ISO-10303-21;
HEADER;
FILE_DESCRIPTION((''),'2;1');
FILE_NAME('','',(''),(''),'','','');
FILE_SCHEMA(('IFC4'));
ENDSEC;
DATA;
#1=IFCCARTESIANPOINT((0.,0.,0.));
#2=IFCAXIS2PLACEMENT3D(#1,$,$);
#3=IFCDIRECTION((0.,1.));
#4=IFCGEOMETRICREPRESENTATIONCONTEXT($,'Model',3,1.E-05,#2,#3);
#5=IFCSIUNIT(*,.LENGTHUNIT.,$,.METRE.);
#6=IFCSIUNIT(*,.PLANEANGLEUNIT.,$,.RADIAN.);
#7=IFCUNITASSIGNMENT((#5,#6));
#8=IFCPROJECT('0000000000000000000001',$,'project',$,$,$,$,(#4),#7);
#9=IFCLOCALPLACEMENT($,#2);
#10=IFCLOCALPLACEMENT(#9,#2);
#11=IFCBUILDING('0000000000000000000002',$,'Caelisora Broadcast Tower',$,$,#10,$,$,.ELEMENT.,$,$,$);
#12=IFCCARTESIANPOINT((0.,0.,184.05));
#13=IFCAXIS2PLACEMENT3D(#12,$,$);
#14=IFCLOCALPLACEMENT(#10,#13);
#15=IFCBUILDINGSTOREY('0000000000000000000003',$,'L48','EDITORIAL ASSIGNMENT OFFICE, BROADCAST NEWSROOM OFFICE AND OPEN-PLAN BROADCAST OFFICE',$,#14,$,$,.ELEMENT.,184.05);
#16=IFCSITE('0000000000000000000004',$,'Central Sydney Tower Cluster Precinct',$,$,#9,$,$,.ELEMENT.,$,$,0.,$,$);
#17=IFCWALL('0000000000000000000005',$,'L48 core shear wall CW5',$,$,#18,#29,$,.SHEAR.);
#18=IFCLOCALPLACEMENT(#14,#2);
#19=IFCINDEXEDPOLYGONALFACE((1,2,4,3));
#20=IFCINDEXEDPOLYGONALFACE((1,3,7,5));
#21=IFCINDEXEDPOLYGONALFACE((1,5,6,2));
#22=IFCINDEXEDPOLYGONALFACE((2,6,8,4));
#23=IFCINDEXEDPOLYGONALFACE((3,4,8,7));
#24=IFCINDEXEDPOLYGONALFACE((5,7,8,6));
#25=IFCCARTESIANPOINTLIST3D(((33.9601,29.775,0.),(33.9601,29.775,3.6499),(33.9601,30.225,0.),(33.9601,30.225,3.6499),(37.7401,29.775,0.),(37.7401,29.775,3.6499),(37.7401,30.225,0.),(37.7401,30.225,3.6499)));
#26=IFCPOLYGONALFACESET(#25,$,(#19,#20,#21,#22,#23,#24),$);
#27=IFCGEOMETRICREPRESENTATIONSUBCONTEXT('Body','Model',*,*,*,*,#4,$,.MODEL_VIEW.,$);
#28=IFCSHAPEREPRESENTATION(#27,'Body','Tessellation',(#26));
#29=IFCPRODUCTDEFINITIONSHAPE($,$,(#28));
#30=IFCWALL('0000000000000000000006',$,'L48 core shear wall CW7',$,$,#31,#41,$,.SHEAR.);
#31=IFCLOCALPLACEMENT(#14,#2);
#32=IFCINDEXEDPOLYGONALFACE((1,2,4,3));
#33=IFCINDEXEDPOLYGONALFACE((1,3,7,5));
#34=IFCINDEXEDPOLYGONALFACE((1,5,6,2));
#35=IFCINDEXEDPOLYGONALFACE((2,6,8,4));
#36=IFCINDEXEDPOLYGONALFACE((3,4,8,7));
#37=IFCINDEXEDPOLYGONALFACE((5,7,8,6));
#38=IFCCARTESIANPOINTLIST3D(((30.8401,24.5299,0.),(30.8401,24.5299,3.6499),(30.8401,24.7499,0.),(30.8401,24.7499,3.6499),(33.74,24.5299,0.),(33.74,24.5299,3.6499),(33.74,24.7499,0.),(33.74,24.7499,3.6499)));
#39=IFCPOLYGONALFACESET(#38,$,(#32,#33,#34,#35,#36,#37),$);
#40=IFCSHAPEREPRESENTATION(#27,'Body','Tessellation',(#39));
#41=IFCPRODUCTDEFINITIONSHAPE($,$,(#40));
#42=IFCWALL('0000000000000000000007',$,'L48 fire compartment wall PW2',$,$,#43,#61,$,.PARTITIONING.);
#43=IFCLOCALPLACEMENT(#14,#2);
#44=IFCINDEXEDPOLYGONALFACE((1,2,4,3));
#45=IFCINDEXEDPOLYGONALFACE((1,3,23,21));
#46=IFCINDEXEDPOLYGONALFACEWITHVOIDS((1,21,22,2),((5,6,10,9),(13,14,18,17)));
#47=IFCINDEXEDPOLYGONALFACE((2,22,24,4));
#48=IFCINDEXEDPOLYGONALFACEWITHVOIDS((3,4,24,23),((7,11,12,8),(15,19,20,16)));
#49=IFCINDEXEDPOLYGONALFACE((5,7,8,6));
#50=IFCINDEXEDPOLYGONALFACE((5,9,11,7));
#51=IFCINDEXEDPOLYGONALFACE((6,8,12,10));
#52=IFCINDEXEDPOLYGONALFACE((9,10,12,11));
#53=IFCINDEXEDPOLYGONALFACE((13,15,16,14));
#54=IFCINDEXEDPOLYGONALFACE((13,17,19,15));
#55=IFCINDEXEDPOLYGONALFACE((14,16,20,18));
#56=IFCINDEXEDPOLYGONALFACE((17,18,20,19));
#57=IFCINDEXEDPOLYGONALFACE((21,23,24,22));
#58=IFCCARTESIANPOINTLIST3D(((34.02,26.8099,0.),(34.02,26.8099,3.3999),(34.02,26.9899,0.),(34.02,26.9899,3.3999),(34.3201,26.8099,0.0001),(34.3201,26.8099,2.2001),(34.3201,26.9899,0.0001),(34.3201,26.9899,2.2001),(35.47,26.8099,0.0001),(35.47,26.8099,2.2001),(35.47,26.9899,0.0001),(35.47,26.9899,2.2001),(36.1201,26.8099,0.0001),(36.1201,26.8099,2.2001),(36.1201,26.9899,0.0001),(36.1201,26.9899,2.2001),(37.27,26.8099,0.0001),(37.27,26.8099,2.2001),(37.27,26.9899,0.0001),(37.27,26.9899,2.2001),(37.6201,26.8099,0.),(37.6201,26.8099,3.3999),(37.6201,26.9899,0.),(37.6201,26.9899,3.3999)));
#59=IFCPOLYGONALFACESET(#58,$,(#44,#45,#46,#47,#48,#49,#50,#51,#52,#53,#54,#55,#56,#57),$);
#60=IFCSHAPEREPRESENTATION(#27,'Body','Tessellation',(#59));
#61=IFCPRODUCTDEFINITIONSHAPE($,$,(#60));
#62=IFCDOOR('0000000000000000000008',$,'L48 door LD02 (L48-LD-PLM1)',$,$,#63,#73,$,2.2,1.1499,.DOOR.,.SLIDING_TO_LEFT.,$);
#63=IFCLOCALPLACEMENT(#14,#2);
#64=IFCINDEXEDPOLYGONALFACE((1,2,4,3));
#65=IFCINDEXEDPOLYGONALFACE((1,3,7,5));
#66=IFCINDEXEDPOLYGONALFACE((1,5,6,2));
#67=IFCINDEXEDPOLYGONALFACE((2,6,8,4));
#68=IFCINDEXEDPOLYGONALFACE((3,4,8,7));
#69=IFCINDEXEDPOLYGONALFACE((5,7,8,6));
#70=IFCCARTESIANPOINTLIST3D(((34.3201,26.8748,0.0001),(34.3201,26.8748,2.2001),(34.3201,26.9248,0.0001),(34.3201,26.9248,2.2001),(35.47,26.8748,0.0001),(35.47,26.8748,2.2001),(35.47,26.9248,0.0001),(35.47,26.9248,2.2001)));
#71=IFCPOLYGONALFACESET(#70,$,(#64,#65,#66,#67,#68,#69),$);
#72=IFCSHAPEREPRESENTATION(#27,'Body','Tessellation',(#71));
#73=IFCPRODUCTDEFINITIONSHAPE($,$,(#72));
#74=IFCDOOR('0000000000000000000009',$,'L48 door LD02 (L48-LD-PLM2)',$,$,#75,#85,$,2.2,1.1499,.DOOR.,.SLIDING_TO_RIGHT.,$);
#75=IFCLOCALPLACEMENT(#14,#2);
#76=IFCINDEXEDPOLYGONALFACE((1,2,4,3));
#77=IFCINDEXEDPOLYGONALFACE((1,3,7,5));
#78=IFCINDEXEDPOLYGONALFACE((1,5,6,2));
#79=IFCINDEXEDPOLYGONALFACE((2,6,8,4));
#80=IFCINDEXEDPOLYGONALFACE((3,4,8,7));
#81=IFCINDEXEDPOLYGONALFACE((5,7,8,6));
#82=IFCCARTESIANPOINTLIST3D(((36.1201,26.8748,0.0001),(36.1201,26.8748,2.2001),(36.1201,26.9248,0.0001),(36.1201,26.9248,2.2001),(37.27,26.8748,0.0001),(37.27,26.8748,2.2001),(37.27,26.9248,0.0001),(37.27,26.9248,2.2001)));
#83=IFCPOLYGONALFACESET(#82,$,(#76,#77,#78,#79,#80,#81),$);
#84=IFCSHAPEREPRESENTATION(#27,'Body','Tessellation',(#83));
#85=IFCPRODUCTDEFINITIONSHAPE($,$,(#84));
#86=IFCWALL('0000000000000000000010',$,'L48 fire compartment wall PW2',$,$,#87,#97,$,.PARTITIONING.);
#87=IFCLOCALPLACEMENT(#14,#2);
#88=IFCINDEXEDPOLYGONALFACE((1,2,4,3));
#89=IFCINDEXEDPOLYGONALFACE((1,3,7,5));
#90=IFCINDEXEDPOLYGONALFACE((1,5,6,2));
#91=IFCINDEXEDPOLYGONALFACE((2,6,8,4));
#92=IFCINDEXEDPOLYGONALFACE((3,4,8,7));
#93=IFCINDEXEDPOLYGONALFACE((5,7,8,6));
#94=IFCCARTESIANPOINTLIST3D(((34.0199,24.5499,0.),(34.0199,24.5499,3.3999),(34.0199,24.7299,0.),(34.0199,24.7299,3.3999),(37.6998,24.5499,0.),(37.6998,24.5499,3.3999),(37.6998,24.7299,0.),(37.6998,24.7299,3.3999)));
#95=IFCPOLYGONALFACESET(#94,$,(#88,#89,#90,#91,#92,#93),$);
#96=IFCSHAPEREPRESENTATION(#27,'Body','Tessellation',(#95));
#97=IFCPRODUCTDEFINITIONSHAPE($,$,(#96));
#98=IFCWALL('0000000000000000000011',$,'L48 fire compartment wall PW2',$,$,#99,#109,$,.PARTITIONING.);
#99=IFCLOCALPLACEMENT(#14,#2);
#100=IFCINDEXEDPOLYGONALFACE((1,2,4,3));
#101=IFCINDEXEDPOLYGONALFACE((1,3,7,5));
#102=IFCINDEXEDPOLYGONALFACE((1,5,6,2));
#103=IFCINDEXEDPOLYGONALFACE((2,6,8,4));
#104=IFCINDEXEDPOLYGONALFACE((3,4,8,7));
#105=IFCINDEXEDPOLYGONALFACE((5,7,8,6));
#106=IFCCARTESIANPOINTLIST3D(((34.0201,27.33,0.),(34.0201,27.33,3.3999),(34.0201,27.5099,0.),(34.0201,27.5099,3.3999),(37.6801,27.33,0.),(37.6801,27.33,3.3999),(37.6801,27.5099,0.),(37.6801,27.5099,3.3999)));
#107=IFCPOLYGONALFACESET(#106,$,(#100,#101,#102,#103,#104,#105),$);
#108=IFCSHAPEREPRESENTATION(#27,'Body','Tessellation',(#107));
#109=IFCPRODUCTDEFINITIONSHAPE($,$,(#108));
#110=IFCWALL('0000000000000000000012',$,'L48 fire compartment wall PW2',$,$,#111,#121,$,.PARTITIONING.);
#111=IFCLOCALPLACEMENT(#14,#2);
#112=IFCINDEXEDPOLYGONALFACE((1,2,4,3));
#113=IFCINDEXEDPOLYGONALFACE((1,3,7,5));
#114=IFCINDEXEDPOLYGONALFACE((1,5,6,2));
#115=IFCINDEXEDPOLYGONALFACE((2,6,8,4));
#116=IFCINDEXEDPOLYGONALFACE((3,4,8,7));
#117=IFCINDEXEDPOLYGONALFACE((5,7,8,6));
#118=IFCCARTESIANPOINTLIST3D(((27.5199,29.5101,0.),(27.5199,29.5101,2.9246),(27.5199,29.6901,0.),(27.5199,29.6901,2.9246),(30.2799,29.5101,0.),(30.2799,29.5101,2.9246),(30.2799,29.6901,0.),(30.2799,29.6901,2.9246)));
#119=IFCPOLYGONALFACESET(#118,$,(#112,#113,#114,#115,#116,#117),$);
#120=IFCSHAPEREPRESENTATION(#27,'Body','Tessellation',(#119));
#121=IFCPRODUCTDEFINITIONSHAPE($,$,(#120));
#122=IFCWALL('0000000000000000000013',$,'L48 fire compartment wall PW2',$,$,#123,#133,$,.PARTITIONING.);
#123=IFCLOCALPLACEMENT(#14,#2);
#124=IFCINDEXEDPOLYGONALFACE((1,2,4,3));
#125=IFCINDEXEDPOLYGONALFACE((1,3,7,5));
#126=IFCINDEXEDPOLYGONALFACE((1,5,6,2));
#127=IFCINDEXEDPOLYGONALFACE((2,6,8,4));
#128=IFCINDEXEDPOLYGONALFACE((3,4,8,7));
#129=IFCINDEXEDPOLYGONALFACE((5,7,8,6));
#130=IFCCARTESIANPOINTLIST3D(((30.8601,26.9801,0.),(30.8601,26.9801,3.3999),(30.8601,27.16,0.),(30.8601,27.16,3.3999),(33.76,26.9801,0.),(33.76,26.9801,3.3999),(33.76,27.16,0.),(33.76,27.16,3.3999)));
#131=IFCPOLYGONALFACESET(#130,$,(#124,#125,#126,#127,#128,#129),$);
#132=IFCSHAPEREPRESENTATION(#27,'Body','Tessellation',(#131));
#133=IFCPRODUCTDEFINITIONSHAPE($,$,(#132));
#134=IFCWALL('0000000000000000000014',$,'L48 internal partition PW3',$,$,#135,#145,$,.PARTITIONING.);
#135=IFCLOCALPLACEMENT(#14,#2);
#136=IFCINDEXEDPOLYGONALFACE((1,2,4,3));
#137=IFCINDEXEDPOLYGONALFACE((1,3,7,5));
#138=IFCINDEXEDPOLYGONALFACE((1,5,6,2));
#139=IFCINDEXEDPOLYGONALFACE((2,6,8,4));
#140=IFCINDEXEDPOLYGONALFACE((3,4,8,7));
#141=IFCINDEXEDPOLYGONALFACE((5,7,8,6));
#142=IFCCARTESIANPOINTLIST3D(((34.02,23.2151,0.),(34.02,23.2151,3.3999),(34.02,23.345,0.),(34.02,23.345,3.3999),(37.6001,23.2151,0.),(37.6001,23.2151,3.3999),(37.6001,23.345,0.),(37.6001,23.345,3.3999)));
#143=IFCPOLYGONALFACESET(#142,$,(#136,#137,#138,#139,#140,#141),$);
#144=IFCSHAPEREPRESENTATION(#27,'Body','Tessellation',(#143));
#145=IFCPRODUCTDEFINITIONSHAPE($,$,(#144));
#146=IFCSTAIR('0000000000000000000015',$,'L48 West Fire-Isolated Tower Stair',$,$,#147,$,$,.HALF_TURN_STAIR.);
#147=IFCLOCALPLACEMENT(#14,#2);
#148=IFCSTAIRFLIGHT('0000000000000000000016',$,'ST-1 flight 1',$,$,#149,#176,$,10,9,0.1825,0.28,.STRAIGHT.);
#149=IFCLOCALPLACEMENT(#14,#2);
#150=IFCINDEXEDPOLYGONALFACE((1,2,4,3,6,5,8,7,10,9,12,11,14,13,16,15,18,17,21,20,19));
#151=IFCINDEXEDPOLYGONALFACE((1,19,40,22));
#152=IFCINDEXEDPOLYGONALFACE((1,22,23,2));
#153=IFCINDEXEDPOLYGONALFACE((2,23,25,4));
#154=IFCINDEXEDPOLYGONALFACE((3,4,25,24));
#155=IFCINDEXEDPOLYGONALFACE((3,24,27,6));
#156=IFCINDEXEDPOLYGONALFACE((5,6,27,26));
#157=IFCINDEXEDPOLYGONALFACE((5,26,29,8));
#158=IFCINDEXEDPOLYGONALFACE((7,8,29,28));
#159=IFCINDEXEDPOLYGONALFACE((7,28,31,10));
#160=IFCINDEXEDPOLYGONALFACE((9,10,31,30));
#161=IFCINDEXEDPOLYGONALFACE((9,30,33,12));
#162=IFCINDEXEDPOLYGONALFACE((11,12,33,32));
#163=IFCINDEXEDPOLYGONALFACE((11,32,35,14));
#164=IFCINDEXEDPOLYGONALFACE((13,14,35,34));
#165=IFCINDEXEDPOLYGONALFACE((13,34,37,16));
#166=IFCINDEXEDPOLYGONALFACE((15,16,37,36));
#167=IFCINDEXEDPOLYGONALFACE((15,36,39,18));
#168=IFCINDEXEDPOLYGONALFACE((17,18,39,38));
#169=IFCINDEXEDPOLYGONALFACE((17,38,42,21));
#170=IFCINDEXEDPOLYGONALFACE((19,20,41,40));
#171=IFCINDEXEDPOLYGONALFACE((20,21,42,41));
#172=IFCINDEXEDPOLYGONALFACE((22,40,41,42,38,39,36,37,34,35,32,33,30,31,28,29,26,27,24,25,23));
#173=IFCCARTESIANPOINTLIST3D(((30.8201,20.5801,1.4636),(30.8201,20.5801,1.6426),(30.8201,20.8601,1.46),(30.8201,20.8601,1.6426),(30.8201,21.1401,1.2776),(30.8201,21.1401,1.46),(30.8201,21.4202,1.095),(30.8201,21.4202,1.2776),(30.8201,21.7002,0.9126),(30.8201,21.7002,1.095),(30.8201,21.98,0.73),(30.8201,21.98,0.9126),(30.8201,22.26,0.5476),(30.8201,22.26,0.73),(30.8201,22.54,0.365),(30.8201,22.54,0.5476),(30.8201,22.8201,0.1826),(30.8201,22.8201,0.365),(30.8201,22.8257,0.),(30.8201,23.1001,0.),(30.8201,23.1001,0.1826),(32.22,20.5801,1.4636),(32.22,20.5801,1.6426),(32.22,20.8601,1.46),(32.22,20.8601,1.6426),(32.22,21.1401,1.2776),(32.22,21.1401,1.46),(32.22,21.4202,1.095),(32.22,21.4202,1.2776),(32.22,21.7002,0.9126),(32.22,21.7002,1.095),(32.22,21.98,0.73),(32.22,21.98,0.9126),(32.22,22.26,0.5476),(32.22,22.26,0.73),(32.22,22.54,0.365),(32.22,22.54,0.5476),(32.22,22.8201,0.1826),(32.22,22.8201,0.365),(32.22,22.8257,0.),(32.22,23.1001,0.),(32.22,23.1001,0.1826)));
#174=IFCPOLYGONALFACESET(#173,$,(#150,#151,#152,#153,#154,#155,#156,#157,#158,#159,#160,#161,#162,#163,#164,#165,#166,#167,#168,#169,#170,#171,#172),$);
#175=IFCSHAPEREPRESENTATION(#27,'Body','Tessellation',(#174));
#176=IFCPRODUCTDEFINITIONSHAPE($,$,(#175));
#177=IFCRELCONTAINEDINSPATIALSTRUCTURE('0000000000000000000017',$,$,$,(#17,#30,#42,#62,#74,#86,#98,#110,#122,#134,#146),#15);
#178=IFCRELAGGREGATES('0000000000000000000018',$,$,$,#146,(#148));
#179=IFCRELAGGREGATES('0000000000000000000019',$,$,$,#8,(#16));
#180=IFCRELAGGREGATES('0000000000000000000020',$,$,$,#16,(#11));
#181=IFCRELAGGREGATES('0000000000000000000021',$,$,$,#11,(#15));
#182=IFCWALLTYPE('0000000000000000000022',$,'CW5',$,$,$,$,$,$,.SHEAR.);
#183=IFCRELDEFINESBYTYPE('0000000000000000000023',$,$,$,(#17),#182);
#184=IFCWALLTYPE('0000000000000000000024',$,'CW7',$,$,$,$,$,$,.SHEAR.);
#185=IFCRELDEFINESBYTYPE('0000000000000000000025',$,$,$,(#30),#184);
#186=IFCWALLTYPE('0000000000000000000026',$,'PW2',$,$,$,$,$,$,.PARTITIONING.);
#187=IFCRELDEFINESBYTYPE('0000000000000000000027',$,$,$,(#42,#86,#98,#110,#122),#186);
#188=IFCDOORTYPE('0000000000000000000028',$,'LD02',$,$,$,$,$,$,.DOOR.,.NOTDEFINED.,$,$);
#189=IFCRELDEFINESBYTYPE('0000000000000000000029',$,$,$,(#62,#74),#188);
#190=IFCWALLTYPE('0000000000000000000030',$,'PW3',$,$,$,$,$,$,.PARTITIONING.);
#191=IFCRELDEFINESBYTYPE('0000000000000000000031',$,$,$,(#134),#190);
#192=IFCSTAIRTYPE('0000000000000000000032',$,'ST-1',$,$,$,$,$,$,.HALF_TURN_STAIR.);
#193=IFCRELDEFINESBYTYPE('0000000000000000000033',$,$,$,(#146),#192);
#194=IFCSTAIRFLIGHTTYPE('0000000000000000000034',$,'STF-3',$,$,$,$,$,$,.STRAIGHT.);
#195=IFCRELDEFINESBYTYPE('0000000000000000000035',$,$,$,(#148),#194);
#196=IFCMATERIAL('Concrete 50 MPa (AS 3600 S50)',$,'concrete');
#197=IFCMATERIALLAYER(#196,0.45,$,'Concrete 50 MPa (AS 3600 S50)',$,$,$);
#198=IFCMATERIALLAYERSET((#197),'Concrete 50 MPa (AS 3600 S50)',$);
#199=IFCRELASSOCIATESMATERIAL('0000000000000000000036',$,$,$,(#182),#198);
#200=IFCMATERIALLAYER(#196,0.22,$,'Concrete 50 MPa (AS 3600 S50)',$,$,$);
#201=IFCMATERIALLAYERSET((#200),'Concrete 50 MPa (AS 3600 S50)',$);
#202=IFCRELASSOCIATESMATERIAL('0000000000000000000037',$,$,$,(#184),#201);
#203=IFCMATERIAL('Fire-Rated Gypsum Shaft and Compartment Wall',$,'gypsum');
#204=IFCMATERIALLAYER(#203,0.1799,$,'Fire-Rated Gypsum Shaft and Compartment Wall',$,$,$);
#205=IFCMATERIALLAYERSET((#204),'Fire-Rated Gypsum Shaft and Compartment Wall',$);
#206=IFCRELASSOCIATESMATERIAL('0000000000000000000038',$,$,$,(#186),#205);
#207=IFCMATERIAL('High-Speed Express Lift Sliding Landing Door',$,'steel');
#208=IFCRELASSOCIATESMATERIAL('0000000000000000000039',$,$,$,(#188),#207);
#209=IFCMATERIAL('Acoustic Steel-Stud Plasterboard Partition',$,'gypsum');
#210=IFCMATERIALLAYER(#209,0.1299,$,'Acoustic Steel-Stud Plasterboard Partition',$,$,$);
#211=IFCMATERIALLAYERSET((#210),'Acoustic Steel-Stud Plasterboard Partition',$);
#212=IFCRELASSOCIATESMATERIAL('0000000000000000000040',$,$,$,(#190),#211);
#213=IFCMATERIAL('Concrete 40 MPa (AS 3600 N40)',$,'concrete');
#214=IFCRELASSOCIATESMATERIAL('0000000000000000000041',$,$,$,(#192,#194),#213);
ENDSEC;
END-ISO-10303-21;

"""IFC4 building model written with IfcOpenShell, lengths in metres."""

from ifc_helpers import new_model, si_unit, direction, frame, frame_2d, origin, place, context, subcontext, project, spatial, polyline, rectangle, outline, extrude, material, layer, layer_set, type_object, element, fill, aggregate, save


model = new_model("IFC4")

# Units and contexts
model_context = context("Model", 3, precision=1e-05, world=origin(), true_north=direction((0.0, 1.0)))
body_context = subcontext(model_context, "Body", "Model", "MODEL_VIEW")
ifc_project = project(units=[si_unit("LENGTHUNIT", "METRE"), si_unit("PLANEANGLEUNIT", "RADIAN")], contexts=[model_context])

# Site, building, storey
site_placement = place(None, origin())
site = spatial("IfcSite", under=ifc_project, at=site_placement, Name="Central Sydney Tower Cluster Precinct", CompositionType="ELEMENT", RefElevation=0.0)
building_placement = place(site_placement, origin())
building = spatial("IfcBuilding", under=site, at=building_placement, Name="Caelisora Broadcast Tower", CompositionType="ELEMENT")
storey_placement = place(building_placement, frame((0.0, 0.0, 184.05)))
storey = spatial("IfcBuildingStorey", under=building, at=storey_placement, Name="L48", Description="EDITORIAL ASSIGNMENT OFFICE, BROADCAST NEWSROOM OFFICE AND OPEN-PLAN BROADCAST OFFICE", CompositionType="ELEMENT", Elevation=184.05)

# Walls
ifc_material_1 = material(Name="Concrete 50 MPa (AS 3600 S50)", Category="concrete")
ifc_layer_1 = layer(ifc_material_1, 0.45, Name="Concrete 50 MPa (AS 3600 S50)")
ifc_layer_set_1 = layer_set([ifc_layer_1], Name="Concrete 50 MPa (AS 3600 S50)")
wall_type_1 = type_object("IfcWallType", Name="CW5", PredefinedType="SHEAR", material=ifc_layer_set_1)
wall_1_placement = place(storey_placement, frame((33.96, 30.0, 0.0), z_axis=(0.0, 0.0, 1.0), x_axis=(1.0, 0.0, 0.0)))
element("IfcWall", 1, at=wall_1_placement, inside=storey, type_object=wall_type_1, Name="L48 core shear wall CW5", PredefinedType="SHEAR", context=body_context, shape_type="SweptSolid", body=[
    extrude(rectangle(XDim=3.78, YDim=0.45, at=frame_2d((1.8901, 0.0))), origin(), (0.0, 0.0, 1.0), 3.6499),
])
ifc_layer_2 = layer(ifc_material_1, 0.22, Name="Concrete 50 MPa (AS 3600 S50)")
ifc_layer_set_2 = layer_set([ifc_layer_2], Name="Concrete 50 MPa (AS 3600 S50)")
wall_type_2 = type_object("IfcWallType", Name="CW7", PredefinedType="SHEAR", material=ifc_layer_set_2)
wall_2_placement = place(storey_placement, frame((30.8401, 24.6399, 0.0), z_axis=(0.0, 0.0, 1.0), x_axis=(1.0, 0.0, 0.0)))
element("IfcWall", 2, at=wall_2_placement, inside=storey, type_object=wall_type_2, Name="L48 core shear wall CW7", PredefinedType="SHEAR", context=body_context, shape_type="SweptSolid", body=[
    extrude(rectangle(XDim=2.8999, YDim=0.22, at=frame_2d((1.45, 0.0))), origin(), (0.0, 0.0, 1.0), 3.6499),
])

# Wall, openings, doors
ifc_material_2 = material(Name="Fire-Rated Gypsum Shaft and Compartment Wall", Category="gypsum")
ifc_layer_3 = layer(ifc_material_2, 0.1799, Name="Fire-Rated Gypsum Shaft and Compartment Wall")
ifc_layer_set_3 = layer_set([ifc_layer_3], Name="Fire-Rated Gypsum Shaft and Compartment Wall")
wall_type_3 = type_object("IfcWallType", Name="PW2", PredefinedType="PARTITIONING", material=ifc_layer_set_3)
wall_3_placement = place(storey_placement, frame((34.02, 26.8999, 0.0), z_axis=(0.0, 0.0, 1.0), x_axis=(1.0, 0.0, 0.0)))
wall_3 = element("IfcWall", 3, at=wall_3_placement, inside=storey, type_object=wall_type_3, Name="L48 fire compartment wall PW2", PredefinedType="PARTITIONING", context=body_context, shape_type="SweptSolid", body=[
    extrude(rectangle(XDim=3.6001, YDim=0.1799, at=frame_2d((1.8, 0.0))), origin(), (0.0, 0.0, 1.0), 3.3999),
])
opening_1_placement = place(wall_3_placement, frame((0.3, 0.0, 0.0)))
opening_1 = element("IfcOpeningElement", 4, at=opening_1_placement, cuts=wall_3, PredefinedType="OPENING", context=body_context, shape_type="SweptSolid", body=[
    extrude(rectangle(XDim=1.1499, YDim=2.2, at=frame_2d((0.575, 1.1001))), frame((0.0, 0.1021, 0.0), z_axis=(0.0, -1.0, 0.0), x_axis=(1.0, 0.0, 0.0)), (0.0, 0.0, 1.0), 0.2039),
])
opening_2_placement = place(wall_3_placement, frame((2.1001, 0.0, 0.0)))
opening_2 = element("IfcOpeningElement", 5, at=opening_2_placement, cuts=wall_3, PredefinedType="OPENING", context=body_context, shape_type="SweptSolid", body=[
    extrude(rectangle(XDim=1.1499, YDim=2.2, at=frame_2d((0.575, 1.1001))), frame((0.0, 0.1021, 0.0), z_axis=(0.0, -1.0, 0.0), x_axis=(1.0, 0.0, 0.0)), (0.0, 0.0, 1.0), 0.2039),
])
ifc_material_3 = material(Name="High-Speed Express Lift Sliding Landing Door", Category="steel")
door_type = type_object("IfcDoorType", Name="LD02", OperationType="NOTDEFINED", PredefinedType="DOOR", material=ifc_material_3)
door_1_placement = place(opening_1_placement, origin())
door_1 = element("IfcDoor", 6, at=door_1_placement, inside=storey, type_object=door_type, Name="L48 door LD02 (L48-LD-PLM1)", OperationType="SLIDING_TO_LEFT", OverallHeight=2.2, OverallWidth=1.1499, PredefinedType="DOOR", context=body_context, shape_type="SweptSolid", body=[
    extrude(rectangle(XDim=1.1499, YDim=2.2, at=frame_2d((0.575, 1.1001))), frame((0.0, 0.0249, 0.0), z_axis=(0.0, -1.0, 0.0), x_axis=(1.0, 0.0, 0.0)), (0.0, 0.0, 1.0), 0.05),
])
fill(opening_1, door_1)
door_2_placement = place(opening_2_placement, origin())
door_2 = element("IfcDoor", 7, at=door_2_placement, inside=storey, type_object=door_type, Name="L48 door LD02 (L48-LD-PLM2)", OperationType="SLIDING_TO_RIGHT", OverallHeight=2.2, OverallWidth=1.1499, PredefinedType="DOOR", context=body_context, shape_type="SweptSolid", body=[
    extrude(rectangle(XDim=1.1499, YDim=2.2, at=frame_2d((0.575, 1.1001))), frame((0.0, 0.0249, 0.0), z_axis=(0.0, -1.0, 0.0), x_axis=(1.0, 0.0, 0.0)), (0.0, 0.0, 1.0), 0.05),
])
fill(opening_2, door_2)

# Walls
wall_4_placement = place(storey_placement, frame((34.02, 24.6399, 0.0), z_axis=(0.0, 0.0, 1.0), x_axis=(1.0, 0.0, 0.0)))
element("IfcWall", 8, at=wall_4_placement, inside=storey, type_object=wall_type_3, Name="L48 fire compartment wall PW2", PredefinedType="PARTITIONING", context=body_context, shape_type="SweptSolid", body=[
    extrude(rectangle(XDim=3.6799, YDim=0.1799, at=frame_2d((1.8398, 0.0))), origin(), (0.0, 0.0, 1.0), 3.3999),
])
wall_5_placement = place(storey_placement, frame((34.02, 27.4199, 0.0), z_axis=(0.0, 0.0, 1.0), x_axis=(1.0, 0.0, 0.0)))
element("IfcWall", 9, at=wall_5_placement, inside=storey, type_object=wall_type_3, Name="L48 fire compartment wall PW2", PredefinedType="PARTITIONING", context=body_context, shape_type="SweptSolid", body=[
    extrude(rectangle(XDim=3.6599, YDim=0.1799, at=frame_2d((1.8301, 0.0))), origin(), (0.0, 0.0, 1.0), 3.3999),
])
wall_6_placement = place(storey_placement, frame((27.52, 29.6001, 0.0), z_axis=(0.0, 0.0, 1.0), x_axis=(1.0, 0.0, 0.0)))
element("IfcWall", 10, at=wall_6_placement, inside=storey, type_object=wall_type_3, Name="L48 fire compartment wall PW2", PredefinedType="PARTITIONING", context=body_context, shape_type="SweptSolid", body=[
    extrude(rectangle(XDim=2.76, YDim=0.1799, at=frame_2d((1.3799, 0.0))), origin(), (0.0, 0.0, 1.0), 2.9246),
])
wall_7_placement = place(storey_placement, frame((30.8601, 27.0701, 0.0), z_axis=(0.0, 0.0, 1.0), x_axis=(1.0, 0.0, 0.0)))
element("IfcWall", 11, at=wall_7_placement, inside=storey, type_object=wall_type_3, Name="L48 fire compartment wall PW2", PredefinedType="PARTITIONING", context=body_context, shape_type="SweptSolid", body=[
    extrude(rectangle(XDim=2.8999, YDim=0.1799, at=frame_2d((1.45, 0.0))), origin(), (0.0, 0.0, 1.0), 3.3999),
])
ifc_material_4 = material(Name="Acoustic Steel-Stud Plasterboard Partition", Category="gypsum")
ifc_layer_4 = layer(ifc_material_4, 0.1299, Name="Acoustic Steel-Stud Plasterboard Partition")
ifc_layer_set_4 = layer_set([ifc_layer_4], Name="Acoustic Steel-Stud Plasterboard Partition")
wall_type_4 = type_object("IfcWallType", Name="PW3", PredefinedType="PARTITIONING", material=ifc_layer_set_4)
wall_8_placement = place(storey_placement, frame((34.02, 23.28, 0.0), z_axis=(0.0, 0.0, 1.0), x_axis=(1.0, 0.0, 0.0)))
element("IfcWall", 12, at=wall_8_placement, inside=storey, type_object=wall_type_4, Name="L48 internal partition PW3", PredefinedType="PARTITIONING", context=body_context, shape_type="SweptSolid", body=[
    extrude(rectangle(XDim=3.5801, YDim=0.1299, at=frame_2d((1.79, 0.0))), origin(), (0.0, 0.0, 1.0), 3.3999),
])

# Stair, stair flight
ifc_material_5 = material(Name="Concrete 40 MPa (AS 3600 N40)", Category="concrete")
stair_type = type_object("IfcStairType", Name="ST-1", PredefinedType="HALF_TURN_STAIR", material=ifc_material_5)
stair_placement = place(storey_placement, origin())
stair = element("IfcStair", 13, at=stair_placement, inside=storey, type_object=stair_type, Name="L48 West Fire-Isolated Tower Stair", PredefinedType="HALF_TURN_STAIR")
stair_flight_type = type_object("IfcStairFlightType", Name="STF-3", PredefinedType="STRAIGHT", material=ifc_material_5)
stair_flight_placement = place(storey_placement, frame((31.52, 23.1001, 0.0), z_axis=(0.0, 0.0, 1.0), x_axis=(0.0, -1.0, 0.0)))
stair_flight = element("IfcStairFlight", 14, at=stair_flight_placement, type_object=stair_flight_type, Name="ST-1 flight 1", NumberOfRisers=10, NumberOfTreads=9, PredefinedType="STRAIGHT", RiserHeight=0.1825, TreadLength=0.28, context=body_context, shape_type="SweptSolid", body=[
    extrude(outline(polyline([(0.0, 0.0), (0.0, 0.1826), (0.28, 0.1826), (0.28, 0.365), (0.5601, 0.365), (0.5601, 0.5476), (0.8401, 0.5476), (0.8401, 0.73), (1.1201, 0.73), (1.1201, 0.9126), (1.3999, 0.9126), (1.3999, 1.095), (1.6799, 1.095), (1.6799, 1.2776), (1.96, 1.2776), (1.96, 1.46), (2.24, 1.46), (2.24, 1.6426), (2.52, 1.6426), (2.52, 1.825), (2.52, 1.4636), (0.2744, 0.0), (0.0, 0.0)])), frame((0.0, 0.7, 0.0), z_axis=(0.0, -1.0, 0.0), x_axis=(1.0, 0.0, 0.0)), (0.0, 0.0, 1.0), 1.3999),
])
aggregate(stair, [stair_flight])

save(model, "model.ifc")
